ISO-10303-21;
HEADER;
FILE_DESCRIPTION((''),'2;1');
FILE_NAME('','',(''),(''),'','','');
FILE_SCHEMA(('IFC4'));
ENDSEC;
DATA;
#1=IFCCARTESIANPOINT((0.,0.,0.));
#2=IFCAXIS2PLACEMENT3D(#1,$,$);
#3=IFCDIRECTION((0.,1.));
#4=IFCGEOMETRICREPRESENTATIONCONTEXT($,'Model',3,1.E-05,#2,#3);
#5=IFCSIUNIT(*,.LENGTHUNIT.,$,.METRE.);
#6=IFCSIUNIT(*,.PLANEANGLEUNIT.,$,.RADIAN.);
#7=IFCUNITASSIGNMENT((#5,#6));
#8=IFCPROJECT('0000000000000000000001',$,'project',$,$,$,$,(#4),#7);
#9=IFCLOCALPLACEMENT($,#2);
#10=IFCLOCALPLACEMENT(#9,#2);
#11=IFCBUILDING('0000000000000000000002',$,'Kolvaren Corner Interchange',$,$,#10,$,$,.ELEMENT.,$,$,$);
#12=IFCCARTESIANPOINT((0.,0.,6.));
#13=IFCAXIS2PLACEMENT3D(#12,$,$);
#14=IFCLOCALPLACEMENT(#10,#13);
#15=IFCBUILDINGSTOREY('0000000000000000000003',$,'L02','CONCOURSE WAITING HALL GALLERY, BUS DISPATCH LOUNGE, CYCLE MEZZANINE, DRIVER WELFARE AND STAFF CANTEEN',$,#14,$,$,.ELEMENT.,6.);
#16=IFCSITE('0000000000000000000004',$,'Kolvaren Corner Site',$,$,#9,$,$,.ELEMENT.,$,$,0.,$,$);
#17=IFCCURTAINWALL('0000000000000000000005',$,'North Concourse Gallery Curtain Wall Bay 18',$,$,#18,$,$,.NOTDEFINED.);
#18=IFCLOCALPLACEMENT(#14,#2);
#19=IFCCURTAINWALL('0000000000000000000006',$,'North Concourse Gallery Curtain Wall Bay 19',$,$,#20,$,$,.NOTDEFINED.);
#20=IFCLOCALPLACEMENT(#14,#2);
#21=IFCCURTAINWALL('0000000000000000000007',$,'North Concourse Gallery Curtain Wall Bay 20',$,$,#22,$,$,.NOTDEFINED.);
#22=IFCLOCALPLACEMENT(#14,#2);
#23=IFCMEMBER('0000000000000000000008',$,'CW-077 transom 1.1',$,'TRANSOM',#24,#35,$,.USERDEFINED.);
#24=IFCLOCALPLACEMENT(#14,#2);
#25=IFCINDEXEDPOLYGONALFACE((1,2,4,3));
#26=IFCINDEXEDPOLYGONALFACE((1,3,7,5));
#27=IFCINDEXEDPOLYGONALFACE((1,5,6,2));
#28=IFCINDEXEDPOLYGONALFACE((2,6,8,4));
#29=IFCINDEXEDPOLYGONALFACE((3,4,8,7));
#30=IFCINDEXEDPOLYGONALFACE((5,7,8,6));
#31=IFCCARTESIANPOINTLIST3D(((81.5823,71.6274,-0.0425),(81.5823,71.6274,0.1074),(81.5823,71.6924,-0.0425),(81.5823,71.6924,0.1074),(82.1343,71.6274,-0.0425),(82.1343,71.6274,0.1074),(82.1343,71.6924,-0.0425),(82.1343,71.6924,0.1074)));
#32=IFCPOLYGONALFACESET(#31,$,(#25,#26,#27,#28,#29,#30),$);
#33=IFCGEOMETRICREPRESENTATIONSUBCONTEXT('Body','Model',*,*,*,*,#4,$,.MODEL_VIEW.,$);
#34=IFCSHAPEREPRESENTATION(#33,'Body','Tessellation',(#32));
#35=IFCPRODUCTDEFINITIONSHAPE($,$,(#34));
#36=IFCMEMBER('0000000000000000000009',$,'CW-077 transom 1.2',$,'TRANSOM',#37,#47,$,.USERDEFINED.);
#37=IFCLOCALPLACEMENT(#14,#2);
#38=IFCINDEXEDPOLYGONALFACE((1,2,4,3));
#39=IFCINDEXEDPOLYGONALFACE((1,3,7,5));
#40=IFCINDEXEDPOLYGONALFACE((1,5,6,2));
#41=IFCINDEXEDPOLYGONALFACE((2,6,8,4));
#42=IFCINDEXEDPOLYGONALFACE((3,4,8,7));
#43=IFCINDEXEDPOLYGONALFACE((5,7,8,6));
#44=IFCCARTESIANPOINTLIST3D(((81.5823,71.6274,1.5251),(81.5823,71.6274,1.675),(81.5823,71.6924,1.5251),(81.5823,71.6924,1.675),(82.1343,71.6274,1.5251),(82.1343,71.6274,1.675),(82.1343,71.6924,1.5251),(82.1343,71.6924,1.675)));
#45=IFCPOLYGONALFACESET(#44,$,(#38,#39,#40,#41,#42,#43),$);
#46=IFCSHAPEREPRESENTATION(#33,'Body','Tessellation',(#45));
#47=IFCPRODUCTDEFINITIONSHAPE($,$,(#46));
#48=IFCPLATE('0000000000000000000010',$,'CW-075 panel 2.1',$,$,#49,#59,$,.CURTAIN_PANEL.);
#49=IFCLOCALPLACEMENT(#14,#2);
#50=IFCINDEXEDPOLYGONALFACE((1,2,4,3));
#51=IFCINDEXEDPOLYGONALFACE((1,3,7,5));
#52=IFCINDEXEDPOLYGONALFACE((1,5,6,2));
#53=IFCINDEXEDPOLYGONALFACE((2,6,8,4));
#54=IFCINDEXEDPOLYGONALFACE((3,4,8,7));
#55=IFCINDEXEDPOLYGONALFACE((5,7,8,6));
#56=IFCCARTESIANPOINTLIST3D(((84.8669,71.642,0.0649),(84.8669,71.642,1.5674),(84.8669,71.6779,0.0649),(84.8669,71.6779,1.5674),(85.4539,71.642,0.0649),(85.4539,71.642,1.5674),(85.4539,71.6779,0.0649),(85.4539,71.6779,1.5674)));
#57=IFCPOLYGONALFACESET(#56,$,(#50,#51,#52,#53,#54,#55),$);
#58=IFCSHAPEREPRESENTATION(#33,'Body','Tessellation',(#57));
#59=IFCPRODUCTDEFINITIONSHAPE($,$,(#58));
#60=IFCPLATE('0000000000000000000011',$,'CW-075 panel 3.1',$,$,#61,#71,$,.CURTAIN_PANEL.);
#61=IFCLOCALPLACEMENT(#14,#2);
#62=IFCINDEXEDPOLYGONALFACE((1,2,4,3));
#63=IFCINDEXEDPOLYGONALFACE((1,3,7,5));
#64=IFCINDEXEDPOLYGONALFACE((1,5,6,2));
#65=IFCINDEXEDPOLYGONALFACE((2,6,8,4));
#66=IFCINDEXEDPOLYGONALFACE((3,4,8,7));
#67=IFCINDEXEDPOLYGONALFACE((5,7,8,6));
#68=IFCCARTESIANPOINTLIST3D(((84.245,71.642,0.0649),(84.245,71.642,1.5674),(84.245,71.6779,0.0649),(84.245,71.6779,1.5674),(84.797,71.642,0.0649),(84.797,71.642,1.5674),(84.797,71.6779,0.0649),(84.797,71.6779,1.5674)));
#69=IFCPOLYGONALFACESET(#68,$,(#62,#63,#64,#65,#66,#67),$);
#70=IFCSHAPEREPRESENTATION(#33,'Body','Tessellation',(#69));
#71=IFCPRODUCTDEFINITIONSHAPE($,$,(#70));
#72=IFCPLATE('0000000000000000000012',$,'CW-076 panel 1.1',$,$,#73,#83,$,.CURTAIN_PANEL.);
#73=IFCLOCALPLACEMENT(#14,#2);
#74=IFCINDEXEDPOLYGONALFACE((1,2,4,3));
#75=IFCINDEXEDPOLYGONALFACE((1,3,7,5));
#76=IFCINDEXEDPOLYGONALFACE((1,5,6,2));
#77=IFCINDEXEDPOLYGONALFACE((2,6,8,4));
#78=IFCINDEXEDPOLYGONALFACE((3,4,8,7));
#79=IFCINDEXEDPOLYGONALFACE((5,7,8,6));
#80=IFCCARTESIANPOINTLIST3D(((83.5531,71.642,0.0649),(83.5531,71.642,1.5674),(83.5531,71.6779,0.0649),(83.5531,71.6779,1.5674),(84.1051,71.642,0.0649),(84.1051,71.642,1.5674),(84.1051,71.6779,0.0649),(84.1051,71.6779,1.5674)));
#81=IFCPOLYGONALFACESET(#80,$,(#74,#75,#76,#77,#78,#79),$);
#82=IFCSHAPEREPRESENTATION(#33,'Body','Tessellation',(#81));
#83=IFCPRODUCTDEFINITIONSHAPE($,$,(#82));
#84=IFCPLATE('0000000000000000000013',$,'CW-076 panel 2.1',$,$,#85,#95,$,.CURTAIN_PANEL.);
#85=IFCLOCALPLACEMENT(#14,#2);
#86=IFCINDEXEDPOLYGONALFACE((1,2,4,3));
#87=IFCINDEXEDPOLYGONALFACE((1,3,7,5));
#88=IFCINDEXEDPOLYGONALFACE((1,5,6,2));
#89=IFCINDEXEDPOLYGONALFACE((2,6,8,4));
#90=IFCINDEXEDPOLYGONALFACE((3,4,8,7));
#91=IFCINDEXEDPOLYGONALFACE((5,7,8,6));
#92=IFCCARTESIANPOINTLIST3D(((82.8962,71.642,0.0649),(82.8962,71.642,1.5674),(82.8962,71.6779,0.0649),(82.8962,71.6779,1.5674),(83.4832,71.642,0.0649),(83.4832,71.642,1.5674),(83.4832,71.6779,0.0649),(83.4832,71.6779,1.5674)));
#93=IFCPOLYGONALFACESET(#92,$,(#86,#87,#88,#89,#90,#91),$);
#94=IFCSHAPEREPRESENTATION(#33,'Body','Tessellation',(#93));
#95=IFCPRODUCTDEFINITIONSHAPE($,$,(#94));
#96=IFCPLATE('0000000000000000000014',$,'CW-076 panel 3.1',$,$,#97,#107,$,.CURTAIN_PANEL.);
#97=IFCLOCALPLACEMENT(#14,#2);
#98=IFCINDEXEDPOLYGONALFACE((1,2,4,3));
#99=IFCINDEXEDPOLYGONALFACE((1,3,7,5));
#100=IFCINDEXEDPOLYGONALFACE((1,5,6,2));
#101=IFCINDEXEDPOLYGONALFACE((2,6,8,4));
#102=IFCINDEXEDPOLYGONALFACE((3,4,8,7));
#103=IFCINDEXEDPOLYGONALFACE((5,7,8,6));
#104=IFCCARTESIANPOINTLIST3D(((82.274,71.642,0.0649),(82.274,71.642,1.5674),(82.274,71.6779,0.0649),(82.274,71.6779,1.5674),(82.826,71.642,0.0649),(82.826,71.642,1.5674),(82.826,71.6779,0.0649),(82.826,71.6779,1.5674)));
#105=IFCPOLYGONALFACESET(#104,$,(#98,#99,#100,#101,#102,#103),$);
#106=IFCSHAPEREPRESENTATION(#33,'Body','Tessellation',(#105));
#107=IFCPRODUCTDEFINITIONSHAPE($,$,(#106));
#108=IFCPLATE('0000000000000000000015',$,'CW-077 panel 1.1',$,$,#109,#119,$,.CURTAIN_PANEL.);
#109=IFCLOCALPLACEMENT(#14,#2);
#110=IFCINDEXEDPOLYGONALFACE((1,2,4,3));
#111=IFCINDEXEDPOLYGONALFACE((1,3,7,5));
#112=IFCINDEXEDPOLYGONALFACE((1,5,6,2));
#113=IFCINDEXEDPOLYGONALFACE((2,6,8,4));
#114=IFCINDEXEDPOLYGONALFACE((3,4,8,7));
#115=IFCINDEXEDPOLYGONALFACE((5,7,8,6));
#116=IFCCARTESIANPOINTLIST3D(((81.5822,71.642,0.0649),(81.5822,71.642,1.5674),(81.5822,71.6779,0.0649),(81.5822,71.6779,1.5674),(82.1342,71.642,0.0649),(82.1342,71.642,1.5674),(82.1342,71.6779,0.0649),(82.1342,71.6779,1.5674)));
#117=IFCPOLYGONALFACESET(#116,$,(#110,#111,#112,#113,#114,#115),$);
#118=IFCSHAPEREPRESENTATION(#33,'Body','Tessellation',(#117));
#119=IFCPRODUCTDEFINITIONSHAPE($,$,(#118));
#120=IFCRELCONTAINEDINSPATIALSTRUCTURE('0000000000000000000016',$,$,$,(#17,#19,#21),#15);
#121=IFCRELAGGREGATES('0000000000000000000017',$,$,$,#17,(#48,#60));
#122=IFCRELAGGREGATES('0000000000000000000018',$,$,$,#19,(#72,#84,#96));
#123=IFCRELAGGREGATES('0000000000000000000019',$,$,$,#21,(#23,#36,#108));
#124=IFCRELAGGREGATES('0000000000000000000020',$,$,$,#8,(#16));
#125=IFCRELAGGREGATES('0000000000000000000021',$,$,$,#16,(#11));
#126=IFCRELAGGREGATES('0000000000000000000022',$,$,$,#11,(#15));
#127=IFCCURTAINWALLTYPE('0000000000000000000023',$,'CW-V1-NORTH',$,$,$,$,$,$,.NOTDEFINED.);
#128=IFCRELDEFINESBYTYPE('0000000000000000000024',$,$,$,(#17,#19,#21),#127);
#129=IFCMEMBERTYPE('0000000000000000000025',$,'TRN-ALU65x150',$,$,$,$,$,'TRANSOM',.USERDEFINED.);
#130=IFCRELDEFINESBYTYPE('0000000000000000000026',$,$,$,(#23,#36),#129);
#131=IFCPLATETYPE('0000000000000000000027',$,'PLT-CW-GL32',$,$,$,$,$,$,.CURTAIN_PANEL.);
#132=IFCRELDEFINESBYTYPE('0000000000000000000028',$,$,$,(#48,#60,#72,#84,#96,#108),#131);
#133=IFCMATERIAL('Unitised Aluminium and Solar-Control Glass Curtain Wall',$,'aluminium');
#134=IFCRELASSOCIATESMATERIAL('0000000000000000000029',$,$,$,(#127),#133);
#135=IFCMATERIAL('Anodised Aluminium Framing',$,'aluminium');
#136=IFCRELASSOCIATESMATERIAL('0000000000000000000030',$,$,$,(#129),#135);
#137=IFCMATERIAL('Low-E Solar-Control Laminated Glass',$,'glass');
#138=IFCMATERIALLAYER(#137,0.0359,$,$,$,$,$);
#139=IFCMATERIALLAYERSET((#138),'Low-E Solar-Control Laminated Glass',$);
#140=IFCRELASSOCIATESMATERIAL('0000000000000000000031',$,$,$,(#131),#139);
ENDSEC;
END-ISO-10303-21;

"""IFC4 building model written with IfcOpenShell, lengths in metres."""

from ifc_helpers import new_model, si_unit, direction, frame, origin, origin_2d, place, context, subcontext, project, spatial, rectangle, extrude, material, layer, layer_set, material_profile, profile_set, type_object, element, aggregate, save


model = new_model("IFC4")

# Units and contexts
model_context = context("Model", 3, precision=1e-05, world=origin(), true_north=direction((0.0, 1.0)))
body_context = subcontext(model_context, "Body", "Model", "MODEL_VIEW")
ifc_project = project(units=[si_unit("LENGTHUNIT", "METRE"), si_unit("PLANEANGLEUNIT", "RADIAN")], contexts=[model_context])

# Site, building, storey
site_placement = place(None, origin())
site = spatial("IfcSite", under=ifc_project, at=site_placement, Name="Kolvaren Corner Site", CompositionType="ELEMENT", RefElevation=0.0)
building_placement = place(site_placement, origin())
building = spatial("IfcBuilding", under=site, at=building_placement, Name="Kolvaren Corner Interchange", CompositionType="ELEMENT")
storey_placement = place(building_placement, frame((0.0, 0.0, 6.0)))
storey = spatial("IfcBuildingStorey", under=building, at=storey_placement, Name="L02", Description="CONCOURSE WAITING HALL GALLERY, BUS DISPATCH LOUNGE, CYCLE MEZZANINE, DRIVER WELFARE AND STAFF CANTEEN", CompositionType="ELEMENT", Elevation=6.0)

# Curtain walls
ifc_material_1 = material(Name="Unitised Aluminium and Solar-Control Glass Curtain Wall", Category="aluminium")
curtain_wall_type = type_object("IfcCurtainWallType", Name="CW-V1-NORTH", PredefinedType="NOTDEFINED", material=ifc_material_1)
curtain_wall_1_placement = place(storey_placement, origin())
curtain_wall_1 = element("IfcCurtainWall", 1, at=curtain_wall_1_placement, inside=storey, type_object=curtain_wall_type, Name="North Concourse Gallery Curtain Wall Bay 18", PredefinedType="NOTDEFINED")
curtain_wall_2_placement = place(storey_placement, origin())
curtain_wall_2 = element("IfcCurtainWall", 2, at=curtain_wall_2_placement, inside=storey, type_object=curtain_wall_type, Name="North Concourse Gallery Curtain Wall Bay 19", PredefinedType="NOTDEFINED")
curtain_wall_3_placement = place(storey_placement, origin())
curtain_wall_3 = element("IfcCurtainWall", 3, at=curtain_wall_3_placement, inside=storey, type_object=curtain_wall_type, Name="North Concourse Gallery Curtain Wall Bay 20", PredefinedType="NOTDEFINED")

# Members
ifc_material_2 = material(Name="Anodised Aluminium Framing", Category="aluminium")
ifc_material_profile_1 = material_profile(ifc_material_2, rectangle(XDim=0.0649, YDim=0.1499, at=origin_2d()), Name="ALU 65x150")
ifc_profile_set_1 = profile_set([ifc_material_profile_1], Name="Anodised Aluminium Framing")
member_type_1 = type_object("IfcMemberType", Name="TRN-ALU65x150", ElementType="TRANSOM", PredefinedType="USERDEFINED", material=ifc_profile_set_1)
member_1_placement = place(storey_placement, frame((82.1343, 71.6599, 0.0325), z_axis=(-1.0, 0.0, 0.0), x_axis=(0.0, -1.0, 0.0)))
member_1 = element("IfcMember", 4, at=member_1_placement, type_object=member_type_1, Name="CW-077 transom 1.1", ObjectType="TRANSOM", PredefinedType="USERDEFINED", context=body_context, shape_type="SweptSolid", body=[
    extrude(rectangle(XDim=0.0649, YDim=0.1499, at=origin_2d()), origin(), (0.0, 0.0, 1.0), 0.552),
])
member_2_placement = place(storey_placement, frame((82.1343, 71.6599, 1.6001), z_axis=(-1.0, 0.0, 0.0), x_axis=(0.0, -1.0, 0.0)))
member_2 = element("IfcMember", 5, at=member_2_placement, type_object=member_type_1, Name="CW-077 transom 1.2", ObjectType="TRANSOM", PredefinedType="USERDEFINED", context=body_context, shape_type="SweptSolid", body=[
    extrude(rectangle(XDim=0.0649, YDim=0.1499, at=origin_2d()), origin(), (0.0, 0.0, 1.0), 0.552),
])

# Plates
ifc_material_3 = material(Name="Low-E Solar-Control Laminated Glass", Category="glass")
ifc_layer = layer(ifc_material_3, 0.0359)
ifc_layer_set = layer_set([ifc_layer], Name="Low-E Solar-Control Laminated Glass")
plate_type = type_object("IfcPlateType", Name="PLT-CW-GL32", PredefinedType="CURTAIN_PANEL", material=ifc_layer_set)
plate_1_placement = place(storey_placement, frame((85.1604, 71.6599, 0.0649), z_axis=(0.0, 0.0, 1.0), x_axis=(-1.0, 0.0, 0.0)))
plate_1 = element("IfcPlate", 6, at=plate_1_placement, type_object=plate_type, Name="CW-075 panel 2.1", PredefinedType="CURTAIN_PANEL", context=body_context, shape_type="SweptSolid", body=[
    extrude(rectangle(XDim=0.5869, YDim=0.0359, at=origin_2d()), origin(), (0.0, 0.0, 1.0), 1.5024),
])
plate_2_placement = place(storey_placement, frame((84.521, 71.6599, 0.0649), z_axis=(0.0, 0.0, 1.0), x_axis=(-1.0, 0.0, 0.0)))
plate_2 = element("IfcPlate", 7, at=plate_2_placement, type_object=plate_type, Name="CW-075 panel 3.1", PredefinedType="CURTAIN_PANEL", context=body_context, shape_type="SweptSolid", body=[
    extrude(rectangle(XDim=0.552, YDim=0.0359, at=origin_2d()), origin(), (0.0, 0.0, 1.0), 1.5024),
])
aggregate(curtain_wall_1, [plate_1, plate_2])
plate_3_placement = place(storey_placement, frame((83.8291, 71.6599, 0.0649), z_axis=(0.0, 0.0, 1.0), x_axis=(-1.0, 0.0, 0.0)))
plate_3 = element("IfcPlate", 8, at=plate_3_placement, type_object=plate_type, Name="CW-076 panel 1.1", PredefinedType="CURTAIN_PANEL", context=body_context, shape_type="SweptSolid", body=[
    extrude(rectangle(XDim=0.552, YDim=0.0359, at=origin_2d()), origin(), (0.0, 0.0, 1.0), 1.5024),
])
plate_4_placement = place(storey_placement, frame((83.1897, 71.6599, 0.0649), z_axis=(0.0, 0.0, 1.0), x_axis=(-1.0, 0.0, 0.0)))
plate_4 = element("IfcPlate", 9, at=plate_4_placement, type_object=plate_type, Name="CW-076 panel 2.1", PredefinedType="CURTAIN_PANEL", context=body_context, shape_type="SweptSolid", body=[
    extrude(rectangle(XDim=0.5869, YDim=0.0359, at=origin_2d()), origin(), (0.0, 0.0, 1.0), 1.5024),
])
plate_5_placement = place(storey_placement, frame((82.55, 71.6599, 0.0649), z_axis=(0.0, 0.0, 1.0), x_axis=(-1.0, 0.0, 0.0)))
plate_5 = element("IfcPlate", 10, at=plate_5_placement, type_object=plate_type, Name="CW-076 panel 3.1", PredefinedType="CURTAIN_PANEL", context=body_context, shape_type="SweptSolid", body=[
    extrude(rectangle(XDim=0.552, YDim=0.0359, at=origin_2d()), origin(), (0.0, 0.0, 1.0), 1.5024),
])
aggregate(curtain_wall_2, [plate_3, plate_4, plate_5])
plate_6_placement = place(storey_placement, frame((81.8582, 71.6599, 0.0649), z_axis=(0.0, 0.0, 1.0), x_axis=(-1.0, 0.0, 0.0)))
plate_6 = element("IfcPlate", 11, at=plate_6_placement, type_object=plate_type, Name="CW-077 panel 1.1", PredefinedType="CURTAIN_PANEL", context=body_context, shape_type="SweptSolid", body=[
    extrude(rectangle(XDim=0.552, YDim=0.0359, at=origin_2d()), origin(), (0.0, 0.0, 1.0), 1.5024),
])
aggregate(curtain_wall_3, [member_1, member_2, plate_6])

save(model, "model.ifc")
